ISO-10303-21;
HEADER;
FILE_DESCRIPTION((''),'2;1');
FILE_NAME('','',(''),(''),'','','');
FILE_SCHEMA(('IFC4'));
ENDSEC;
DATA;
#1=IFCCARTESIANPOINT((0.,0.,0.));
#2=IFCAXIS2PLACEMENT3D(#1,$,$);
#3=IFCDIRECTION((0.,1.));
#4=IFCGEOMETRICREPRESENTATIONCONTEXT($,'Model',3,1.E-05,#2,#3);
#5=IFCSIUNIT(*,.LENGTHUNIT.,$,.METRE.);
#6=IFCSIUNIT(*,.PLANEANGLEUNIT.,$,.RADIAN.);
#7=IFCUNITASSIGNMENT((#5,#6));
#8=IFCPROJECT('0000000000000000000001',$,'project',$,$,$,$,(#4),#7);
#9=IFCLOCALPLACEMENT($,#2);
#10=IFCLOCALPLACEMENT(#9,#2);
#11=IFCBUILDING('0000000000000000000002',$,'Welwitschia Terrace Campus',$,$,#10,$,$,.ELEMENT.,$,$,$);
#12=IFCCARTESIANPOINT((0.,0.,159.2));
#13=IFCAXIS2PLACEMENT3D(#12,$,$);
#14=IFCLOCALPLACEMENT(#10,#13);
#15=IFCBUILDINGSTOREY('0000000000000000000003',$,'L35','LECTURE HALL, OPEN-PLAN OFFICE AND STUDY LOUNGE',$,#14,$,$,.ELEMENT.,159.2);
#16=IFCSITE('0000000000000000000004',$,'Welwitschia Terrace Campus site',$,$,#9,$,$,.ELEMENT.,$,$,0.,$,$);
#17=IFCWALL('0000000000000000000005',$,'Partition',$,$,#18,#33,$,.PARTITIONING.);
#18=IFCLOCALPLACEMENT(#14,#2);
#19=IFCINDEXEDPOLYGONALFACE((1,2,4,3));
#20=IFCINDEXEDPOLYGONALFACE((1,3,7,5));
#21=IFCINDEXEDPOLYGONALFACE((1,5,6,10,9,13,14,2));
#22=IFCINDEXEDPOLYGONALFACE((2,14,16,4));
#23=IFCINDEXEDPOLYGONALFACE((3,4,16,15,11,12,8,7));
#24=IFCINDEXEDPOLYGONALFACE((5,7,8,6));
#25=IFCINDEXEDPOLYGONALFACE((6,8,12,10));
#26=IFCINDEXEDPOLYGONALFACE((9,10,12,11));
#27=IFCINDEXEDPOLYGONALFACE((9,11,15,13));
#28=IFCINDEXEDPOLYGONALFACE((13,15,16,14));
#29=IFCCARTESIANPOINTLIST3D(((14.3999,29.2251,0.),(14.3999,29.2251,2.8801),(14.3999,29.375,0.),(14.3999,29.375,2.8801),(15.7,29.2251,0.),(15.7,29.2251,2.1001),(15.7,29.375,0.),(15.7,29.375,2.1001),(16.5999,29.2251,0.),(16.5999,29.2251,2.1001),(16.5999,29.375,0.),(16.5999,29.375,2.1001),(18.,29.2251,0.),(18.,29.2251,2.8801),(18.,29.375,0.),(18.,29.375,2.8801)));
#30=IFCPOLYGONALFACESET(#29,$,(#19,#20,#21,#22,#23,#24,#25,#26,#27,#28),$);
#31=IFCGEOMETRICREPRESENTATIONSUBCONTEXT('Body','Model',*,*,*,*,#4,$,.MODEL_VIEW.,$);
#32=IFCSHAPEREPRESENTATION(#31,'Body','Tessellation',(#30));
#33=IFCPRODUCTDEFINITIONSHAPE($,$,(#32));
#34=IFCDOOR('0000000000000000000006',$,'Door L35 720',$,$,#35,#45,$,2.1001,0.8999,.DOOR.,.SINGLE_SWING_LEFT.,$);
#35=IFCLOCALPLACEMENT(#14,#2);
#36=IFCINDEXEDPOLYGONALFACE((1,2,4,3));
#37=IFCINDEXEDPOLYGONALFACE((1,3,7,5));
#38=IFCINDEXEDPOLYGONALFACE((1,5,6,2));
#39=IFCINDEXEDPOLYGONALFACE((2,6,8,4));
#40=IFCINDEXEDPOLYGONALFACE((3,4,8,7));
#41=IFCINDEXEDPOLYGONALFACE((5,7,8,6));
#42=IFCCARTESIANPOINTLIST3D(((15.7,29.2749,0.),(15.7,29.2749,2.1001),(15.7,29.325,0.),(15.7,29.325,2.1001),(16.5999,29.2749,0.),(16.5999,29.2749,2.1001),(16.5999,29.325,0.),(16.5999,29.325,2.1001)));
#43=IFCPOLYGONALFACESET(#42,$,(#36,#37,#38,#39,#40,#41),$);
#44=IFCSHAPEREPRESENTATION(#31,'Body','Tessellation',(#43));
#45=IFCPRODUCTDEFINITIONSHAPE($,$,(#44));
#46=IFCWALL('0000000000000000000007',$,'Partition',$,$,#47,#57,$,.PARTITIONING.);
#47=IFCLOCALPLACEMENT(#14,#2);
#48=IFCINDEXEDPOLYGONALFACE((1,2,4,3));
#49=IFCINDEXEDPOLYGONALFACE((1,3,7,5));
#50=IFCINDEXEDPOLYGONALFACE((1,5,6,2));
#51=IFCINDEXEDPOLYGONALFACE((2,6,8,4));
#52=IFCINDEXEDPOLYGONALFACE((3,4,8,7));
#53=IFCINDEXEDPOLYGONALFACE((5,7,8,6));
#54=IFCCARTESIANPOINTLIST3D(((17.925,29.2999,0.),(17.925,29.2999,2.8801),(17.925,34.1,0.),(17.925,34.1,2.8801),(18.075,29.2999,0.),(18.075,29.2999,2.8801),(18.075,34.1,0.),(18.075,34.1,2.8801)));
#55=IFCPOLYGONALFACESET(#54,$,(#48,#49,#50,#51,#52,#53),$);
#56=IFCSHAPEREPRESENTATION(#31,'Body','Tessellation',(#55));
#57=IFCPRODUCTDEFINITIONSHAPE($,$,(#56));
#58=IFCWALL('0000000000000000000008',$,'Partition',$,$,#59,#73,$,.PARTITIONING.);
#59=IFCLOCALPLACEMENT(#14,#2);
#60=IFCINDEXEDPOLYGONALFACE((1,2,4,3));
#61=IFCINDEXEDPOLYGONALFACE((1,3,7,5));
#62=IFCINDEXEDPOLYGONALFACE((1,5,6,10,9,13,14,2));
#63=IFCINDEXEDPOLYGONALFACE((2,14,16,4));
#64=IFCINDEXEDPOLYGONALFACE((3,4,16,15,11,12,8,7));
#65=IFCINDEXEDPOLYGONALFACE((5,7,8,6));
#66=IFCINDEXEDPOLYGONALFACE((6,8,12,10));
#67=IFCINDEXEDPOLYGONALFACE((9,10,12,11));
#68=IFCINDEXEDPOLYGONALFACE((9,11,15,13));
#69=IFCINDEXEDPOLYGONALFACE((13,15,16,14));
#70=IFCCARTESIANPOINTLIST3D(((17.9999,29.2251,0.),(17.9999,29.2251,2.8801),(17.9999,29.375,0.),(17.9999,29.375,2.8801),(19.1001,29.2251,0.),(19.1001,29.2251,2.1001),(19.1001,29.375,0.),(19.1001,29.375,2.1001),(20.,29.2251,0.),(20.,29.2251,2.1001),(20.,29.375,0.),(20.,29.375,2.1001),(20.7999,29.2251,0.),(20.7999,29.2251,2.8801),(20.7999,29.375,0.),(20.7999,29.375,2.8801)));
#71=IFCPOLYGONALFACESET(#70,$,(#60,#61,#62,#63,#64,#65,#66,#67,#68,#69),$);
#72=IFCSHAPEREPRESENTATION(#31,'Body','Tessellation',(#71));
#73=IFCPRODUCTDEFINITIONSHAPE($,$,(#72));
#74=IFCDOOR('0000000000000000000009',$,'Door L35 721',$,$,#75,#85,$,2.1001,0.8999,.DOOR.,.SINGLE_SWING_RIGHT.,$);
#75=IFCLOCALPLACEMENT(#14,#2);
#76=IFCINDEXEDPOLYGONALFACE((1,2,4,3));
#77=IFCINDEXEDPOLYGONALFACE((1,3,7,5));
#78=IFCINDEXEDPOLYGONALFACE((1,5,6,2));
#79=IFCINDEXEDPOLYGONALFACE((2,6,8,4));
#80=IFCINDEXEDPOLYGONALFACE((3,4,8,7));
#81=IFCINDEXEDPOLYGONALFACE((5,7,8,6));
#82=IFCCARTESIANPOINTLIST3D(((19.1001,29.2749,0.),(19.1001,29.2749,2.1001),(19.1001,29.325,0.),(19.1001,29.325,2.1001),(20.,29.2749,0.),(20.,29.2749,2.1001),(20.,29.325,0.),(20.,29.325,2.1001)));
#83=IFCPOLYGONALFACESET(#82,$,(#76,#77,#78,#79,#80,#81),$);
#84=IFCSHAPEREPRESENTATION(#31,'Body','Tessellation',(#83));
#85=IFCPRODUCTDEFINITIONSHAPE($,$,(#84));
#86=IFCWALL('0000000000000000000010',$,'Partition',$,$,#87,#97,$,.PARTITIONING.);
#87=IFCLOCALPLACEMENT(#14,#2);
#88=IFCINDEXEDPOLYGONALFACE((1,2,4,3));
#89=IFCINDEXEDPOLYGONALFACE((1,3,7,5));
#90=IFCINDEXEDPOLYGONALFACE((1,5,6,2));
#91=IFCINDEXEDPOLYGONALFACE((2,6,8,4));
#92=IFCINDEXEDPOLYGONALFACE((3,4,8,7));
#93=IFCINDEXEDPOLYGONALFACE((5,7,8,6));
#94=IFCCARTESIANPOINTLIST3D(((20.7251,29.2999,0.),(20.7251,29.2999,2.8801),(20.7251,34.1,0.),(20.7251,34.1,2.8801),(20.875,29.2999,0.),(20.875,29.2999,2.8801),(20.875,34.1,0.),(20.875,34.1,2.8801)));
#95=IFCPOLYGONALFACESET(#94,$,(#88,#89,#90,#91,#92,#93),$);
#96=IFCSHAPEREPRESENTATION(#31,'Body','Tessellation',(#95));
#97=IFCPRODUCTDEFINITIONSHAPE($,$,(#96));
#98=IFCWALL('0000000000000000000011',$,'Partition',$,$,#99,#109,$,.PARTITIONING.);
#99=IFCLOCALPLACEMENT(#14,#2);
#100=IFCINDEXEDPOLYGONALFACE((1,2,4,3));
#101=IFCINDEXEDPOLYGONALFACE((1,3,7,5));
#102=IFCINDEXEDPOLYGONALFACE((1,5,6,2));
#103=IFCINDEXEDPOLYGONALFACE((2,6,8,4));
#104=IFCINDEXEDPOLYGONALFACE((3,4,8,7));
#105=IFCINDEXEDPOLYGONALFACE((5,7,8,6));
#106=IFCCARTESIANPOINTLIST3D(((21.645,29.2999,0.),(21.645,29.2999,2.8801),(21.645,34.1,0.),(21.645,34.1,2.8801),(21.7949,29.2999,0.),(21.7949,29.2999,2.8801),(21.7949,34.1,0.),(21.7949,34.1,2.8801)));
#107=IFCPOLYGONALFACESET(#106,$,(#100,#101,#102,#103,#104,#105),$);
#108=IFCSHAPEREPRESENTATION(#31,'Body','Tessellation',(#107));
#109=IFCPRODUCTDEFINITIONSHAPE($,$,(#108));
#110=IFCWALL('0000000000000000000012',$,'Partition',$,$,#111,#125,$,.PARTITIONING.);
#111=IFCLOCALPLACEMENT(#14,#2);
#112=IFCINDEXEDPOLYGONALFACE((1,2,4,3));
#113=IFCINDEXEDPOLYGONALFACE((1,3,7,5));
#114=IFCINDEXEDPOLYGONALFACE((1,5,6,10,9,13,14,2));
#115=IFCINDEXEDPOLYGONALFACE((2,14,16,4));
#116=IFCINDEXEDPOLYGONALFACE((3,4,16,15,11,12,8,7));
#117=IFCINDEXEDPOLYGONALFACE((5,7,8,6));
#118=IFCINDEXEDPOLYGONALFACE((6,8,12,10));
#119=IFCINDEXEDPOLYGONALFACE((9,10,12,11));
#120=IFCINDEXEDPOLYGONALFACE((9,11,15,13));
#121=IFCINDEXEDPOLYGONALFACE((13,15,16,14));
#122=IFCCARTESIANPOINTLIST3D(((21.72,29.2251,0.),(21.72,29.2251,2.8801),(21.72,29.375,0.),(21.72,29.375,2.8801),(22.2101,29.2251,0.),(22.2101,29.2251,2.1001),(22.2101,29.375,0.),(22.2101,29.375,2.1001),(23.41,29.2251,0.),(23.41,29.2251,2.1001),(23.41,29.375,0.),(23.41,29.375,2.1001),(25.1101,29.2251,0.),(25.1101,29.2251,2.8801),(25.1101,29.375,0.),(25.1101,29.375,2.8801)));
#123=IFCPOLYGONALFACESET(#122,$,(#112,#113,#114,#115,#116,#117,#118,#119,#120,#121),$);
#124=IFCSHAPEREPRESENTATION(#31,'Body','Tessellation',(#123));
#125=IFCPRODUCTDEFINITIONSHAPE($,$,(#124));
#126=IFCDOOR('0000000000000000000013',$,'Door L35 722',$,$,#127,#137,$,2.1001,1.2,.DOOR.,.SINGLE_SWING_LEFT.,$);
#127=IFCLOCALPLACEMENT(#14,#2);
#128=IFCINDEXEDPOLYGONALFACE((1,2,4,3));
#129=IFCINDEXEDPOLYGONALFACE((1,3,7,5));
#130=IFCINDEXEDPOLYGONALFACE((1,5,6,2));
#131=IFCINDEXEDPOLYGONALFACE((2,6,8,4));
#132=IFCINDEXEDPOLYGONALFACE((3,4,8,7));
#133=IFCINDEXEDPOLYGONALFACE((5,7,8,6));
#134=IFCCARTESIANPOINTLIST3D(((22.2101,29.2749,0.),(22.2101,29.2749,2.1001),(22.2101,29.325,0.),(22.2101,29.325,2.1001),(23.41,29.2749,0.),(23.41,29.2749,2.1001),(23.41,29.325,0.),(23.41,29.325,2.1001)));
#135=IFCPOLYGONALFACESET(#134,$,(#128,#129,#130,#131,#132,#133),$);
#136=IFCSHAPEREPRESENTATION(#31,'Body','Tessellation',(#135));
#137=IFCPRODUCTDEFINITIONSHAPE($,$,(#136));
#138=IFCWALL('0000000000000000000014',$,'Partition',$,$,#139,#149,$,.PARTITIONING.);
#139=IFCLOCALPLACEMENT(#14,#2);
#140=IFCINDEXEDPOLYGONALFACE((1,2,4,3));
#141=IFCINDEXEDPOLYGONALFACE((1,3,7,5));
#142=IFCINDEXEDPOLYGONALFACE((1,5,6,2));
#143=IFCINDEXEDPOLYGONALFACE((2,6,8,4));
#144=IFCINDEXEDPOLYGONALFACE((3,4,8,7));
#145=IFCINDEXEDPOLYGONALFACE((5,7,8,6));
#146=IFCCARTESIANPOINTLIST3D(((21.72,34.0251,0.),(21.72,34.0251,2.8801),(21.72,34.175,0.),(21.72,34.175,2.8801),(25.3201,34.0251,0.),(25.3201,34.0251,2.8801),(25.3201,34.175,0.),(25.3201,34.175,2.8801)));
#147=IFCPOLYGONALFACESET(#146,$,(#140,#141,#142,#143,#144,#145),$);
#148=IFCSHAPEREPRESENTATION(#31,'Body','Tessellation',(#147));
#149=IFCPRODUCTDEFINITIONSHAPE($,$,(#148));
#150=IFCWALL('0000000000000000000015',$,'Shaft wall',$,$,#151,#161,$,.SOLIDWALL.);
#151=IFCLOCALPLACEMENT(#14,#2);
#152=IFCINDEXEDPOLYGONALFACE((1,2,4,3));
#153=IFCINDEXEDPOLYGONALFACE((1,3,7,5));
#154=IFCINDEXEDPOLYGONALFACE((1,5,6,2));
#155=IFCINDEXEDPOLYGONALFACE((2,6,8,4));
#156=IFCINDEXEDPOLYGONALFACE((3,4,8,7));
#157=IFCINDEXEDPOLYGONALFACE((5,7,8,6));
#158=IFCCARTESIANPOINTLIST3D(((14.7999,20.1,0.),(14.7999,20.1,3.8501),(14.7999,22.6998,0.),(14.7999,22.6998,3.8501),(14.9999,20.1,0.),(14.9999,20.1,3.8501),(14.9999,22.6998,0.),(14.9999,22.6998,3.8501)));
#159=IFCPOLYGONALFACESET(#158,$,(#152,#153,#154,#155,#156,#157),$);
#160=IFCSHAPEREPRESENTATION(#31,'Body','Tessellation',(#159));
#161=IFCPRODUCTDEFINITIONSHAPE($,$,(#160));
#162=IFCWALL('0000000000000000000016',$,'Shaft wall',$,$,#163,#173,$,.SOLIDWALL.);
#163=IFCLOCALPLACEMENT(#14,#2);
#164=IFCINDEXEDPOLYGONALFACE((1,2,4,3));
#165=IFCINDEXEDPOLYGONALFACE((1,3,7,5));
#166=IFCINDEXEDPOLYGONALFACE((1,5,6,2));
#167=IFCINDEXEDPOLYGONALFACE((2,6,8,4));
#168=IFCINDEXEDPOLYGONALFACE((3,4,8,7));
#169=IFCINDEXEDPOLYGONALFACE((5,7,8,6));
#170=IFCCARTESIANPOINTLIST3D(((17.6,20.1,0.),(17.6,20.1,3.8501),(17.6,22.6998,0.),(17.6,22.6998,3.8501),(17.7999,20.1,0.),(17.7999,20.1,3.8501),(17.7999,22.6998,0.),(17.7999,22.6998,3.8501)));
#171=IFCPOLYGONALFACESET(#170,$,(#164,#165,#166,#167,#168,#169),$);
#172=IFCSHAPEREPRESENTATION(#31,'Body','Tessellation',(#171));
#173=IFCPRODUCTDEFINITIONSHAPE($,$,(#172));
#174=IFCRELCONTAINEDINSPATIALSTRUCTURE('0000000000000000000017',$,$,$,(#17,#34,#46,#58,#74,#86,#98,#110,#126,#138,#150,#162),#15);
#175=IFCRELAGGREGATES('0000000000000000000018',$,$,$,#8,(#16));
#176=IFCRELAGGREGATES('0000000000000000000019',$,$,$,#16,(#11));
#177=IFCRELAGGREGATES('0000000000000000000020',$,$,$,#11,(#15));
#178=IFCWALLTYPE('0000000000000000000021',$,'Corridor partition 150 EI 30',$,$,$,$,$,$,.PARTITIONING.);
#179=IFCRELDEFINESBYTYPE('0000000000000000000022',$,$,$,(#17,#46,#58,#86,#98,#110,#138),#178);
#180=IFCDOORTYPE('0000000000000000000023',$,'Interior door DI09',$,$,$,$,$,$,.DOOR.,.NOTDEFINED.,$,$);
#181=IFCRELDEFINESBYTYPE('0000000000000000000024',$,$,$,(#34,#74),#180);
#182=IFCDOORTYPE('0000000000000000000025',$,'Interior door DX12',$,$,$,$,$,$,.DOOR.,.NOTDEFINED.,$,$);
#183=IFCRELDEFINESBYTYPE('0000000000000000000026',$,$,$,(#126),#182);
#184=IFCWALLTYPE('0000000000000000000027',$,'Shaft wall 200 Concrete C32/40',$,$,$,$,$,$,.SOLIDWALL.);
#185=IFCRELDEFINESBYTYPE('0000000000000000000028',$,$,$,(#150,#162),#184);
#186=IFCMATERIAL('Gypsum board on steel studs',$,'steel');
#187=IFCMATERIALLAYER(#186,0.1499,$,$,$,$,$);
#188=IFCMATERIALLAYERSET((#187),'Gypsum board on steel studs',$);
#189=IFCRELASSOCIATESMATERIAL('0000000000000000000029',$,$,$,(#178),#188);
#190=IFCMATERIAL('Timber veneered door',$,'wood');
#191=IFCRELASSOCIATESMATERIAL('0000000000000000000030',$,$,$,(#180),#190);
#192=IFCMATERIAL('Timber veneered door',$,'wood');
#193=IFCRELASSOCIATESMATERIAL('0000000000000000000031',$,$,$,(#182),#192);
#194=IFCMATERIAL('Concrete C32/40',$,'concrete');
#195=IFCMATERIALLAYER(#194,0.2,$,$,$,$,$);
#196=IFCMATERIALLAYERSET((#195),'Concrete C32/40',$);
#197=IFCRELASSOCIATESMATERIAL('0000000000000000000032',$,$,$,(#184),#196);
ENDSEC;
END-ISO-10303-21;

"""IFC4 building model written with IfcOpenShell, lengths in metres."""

from ifc_helpers import new_model, si_unit, direction, frame, frame_2d, origin, place, context, subcontext, project, spatial, rectangle, extrude, material, layer, layer_set, type_object, element, fill, save


model = new_model("IFC4")

# Units and contexts
model_context = context("Model", 3, precision=1e-05, world=origin(), true_north=direction((0.0, 1.0)))
body_context = subcontext(model_context, "Body", "Model", "MODEL_VIEW")
ifc_project = project(units=[si_unit("LENGTHUNIT", "METRE"), si_unit("PLANEANGLEUNIT", "RADIAN")], contexts=[model_context])

# Site, building, storey
site_placement = place(None, origin())
site = spatial("IfcSite", under=ifc_project, at=site_placement, Name="Welwitschia Terrace Campus site", CompositionType="ELEMENT", RefElevation=0.0)
building_placement = place(site_placement, origin())
building = spatial("IfcBuilding", under=site, at=building_placement, Name="Welwitschia Terrace Campus", CompositionType="ELEMENT")
storey_placement = place(building_placement, frame((0.0, 0.0, 159.2)))
storey = spatial("IfcBuildingStorey", under=building, at=storey_placement, Name="L35", Description="LECTURE HALL, OPEN-PLAN OFFICE AND STUDY LOUNGE", CompositionType="ELEMENT", Elevation=159.2)

# Wall, opening, door
ifc_material_1 = material(Name="Gypsum board on steel studs", Category="steel")
ifc_layer_1 = layer(ifc_material_1, 0.1499)
ifc_layer_set_1 = layer_set([ifc_layer_1], Name="Gypsum board on steel studs")
wall_type_1 = type_object("IfcWallType", Name="Corridor partition 150 EI 30", PredefinedType="PARTITIONING", material=ifc_layer_set_1)
wall_1_placement = place(storey_placement, frame((14.3999, 29.3, 0.0), z_axis=(0.0, 0.0, 1.0), x_axis=(1.0, 0.0, 0.0)))
wall_1 = element("IfcWall", 1, at=wall_1_placement, inside=storey, type_object=wall_type_1, Name="Partition", PredefinedType="PARTITIONING", context=body_context, shape_type="SweptSolid", body=[
    extrude(rectangle(XDim=3.6001, YDim=0.1499, at=frame_2d((1.8, 0.0))), origin(), (0.0, 0.0, 1.0), 2.8801),
])
opening_1_placement = place(wall_1_placement, frame((1.3, 0.0, 0.0)))
opening_1 = element("IfcOpeningElement", 2, at=opening_1_placement, cuts=wall_1, PredefinedType="OPENING", context=body_context, shape_type="SweptSolid", body=[
    extrude(rectangle(XDim=0.8999, YDim=2.1001, at=frame_2d((0.45, 1.05))), frame((0.0, 0.085, 0.0), z_axis=(0.0, -1.0, 0.0), x_axis=(1.0, 0.0, 0.0)), (0.0, 0.0, 1.0), 0.1699),
])
ifc_material_2 = material(Name="Timber veneered door", Category="wood")
door_type_1 = type_object("IfcDoorType", Name="Interior door DI09", OperationType="NOTDEFINED", PredefinedType="DOOR", material=ifc_material_2)
door_1_placement = place(opening_1_placement, origin())
door_1 = element("IfcDoor", 3, at=door_1_placement, inside=storey, type_object=door_type_1, Name="Door L35 720", OperationType="SINGLE_SWING_LEFT", OverallHeight=2.1001, OverallWidth=0.8999, PredefinedType="DOOR", context=body_context, shape_type="SweptSolid", body=[
    extrude(rectangle(XDim=0.8999, YDim=2.1001, at=frame_2d((0.45, 1.05))), frame((0.0, 0.0249, 0.0), z_axis=(0.0, -1.0, 0.0), x_axis=(1.0, 0.0, 0.0)), (0.0, 0.0, 1.0), 0.05),
])
fill(opening_1, door_1)

# Wall
wall_2_placement = place(storey_placement, frame((18.0, 29.3, 0.0), z_axis=(0.0, 0.0, 1.0), x_axis=(0.0, 1.0, 0.0)))
element("IfcWall", 4, at=wall_2_placement, inside=storey, type_object=wall_type_1, Name="Partition", PredefinedType="PARTITIONING", context=body_context, shape_type="SweptSolid", body=[
    extrude(rectangle(XDim=4.8, YDim=0.1499, at=frame_2d((2.3999, 0.0))), origin(), (0.0, 0.0, 1.0), 2.8801),
])

# Wall, opening, door
wall_3_placement = place(storey_placement, frame((18.0, 29.3, 0.0), z_axis=(0.0, 0.0, 1.0), x_axis=(1.0, 0.0, 0.0)))
wall_3 = element("IfcWall", 5, at=wall_3_placement, inside=storey, type_object=wall_type_1, Name="Partition", PredefinedType="PARTITIONING", context=body_context, shape_type="SweptSolid", body=[
    extrude(rectangle(XDim=2.8, YDim=0.1499, at=frame_2d((1.3999, 0.0))), origin(), (0.0, 0.0, 1.0), 2.8801),
])
opening_2_placement = place(wall_3_placement, frame((1.1001, 0.0, 0.0)))
opening_2 = element("IfcOpeningElement", 6, at=opening_2_placement, cuts=wall_3, PredefinedType="OPENING", context=body_context, shape_type="SweptSolid", body=[
    extrude(rectangle(XDim=0.8999, YDim=2.1001, at=frame_2d((0.45, 1.05))), frame((0.0, 0.085, 0.0), z_axis=(0.0, -1.0, 0.0), x_axis=(1.0, 0.0, 0.0)), (0.0, 0.0, 1.0), 0.1699),
])
door_2_placement = place(opening_2_placement, origin())
door_2 = element("IfcDoor", 7, at=door_2_placement, inside=storey, type_object=door_type_1, Name="Door L35 721", OperationType="SINGLE_SWING_RIGHT", OverallHeight=2.1001, OverallWidth=0.8999, PredefinedType="DOOR", context=body_context, shape_type="SweptSolid", body=[
    extrude(rectangle(XDim=0.8999, YDim=2.1001, at=frame_2d((0.45, 1.05))), frame((0.0, 0.0249, 0.0), z_axis=(0.0, -1.0, 0.0), x_axis=(1.0, 0.0, 0.0)), (0.0, 0.0, 1.0), 0.05),
])
fill(opening_2, door_2)

# Walls
for number, where, z_axis, x_axis, name in (
    (8, (20.8, 29.3, 0.0), (0.0, 0.0, 1.0), (0.0, 1.0, 0.0), "Partition"),
    (9, (21.72, 29.3, 0.0), (0.0, 0.0, 1.0), (0.0, 1.0, 0.0), "Partition"),
):
    element("IfcWall", number, at=place(storey_placement, frame(where, z_axis=z_axis, x_axis=x_axis)), inside=storey, type_object=wall_type_1, Name=name, PredefinedType="PARTITIONING", context=body_context, shape_type="SweptSolid", body=[
        extrude(rectangle(XDim=4.8, YDim=0.1499, at=frame_2d((2.3999, 0.0))), origin(), (0.0, 0.0, 1.0), 2.8801),
    ])

# Wall, opening, door
wall_4_placement = place(storey_placement, frame((21.72, 29.3, 0.0), z_axis=(0.0, 0.0, 1.0), x_axis=(1.0, 0.0, 0.0)))
wall_4 = element("IfcWall", 10, at=wall_4_placement, inside=storey, type_object=wall_type_1, Name="Partition", PredefinedType="PARTITIONING", context=body_context, shape_type="SweptSolid", body=[
    extrude(rectangle(XDim=3.3901, YDim=0.1499, at=frame_2d((1.6951, 0.0))), origin(), (0.0, 0.0, 1.0), 2.8801),
])
opening_3_placement = place(wall_4_placement, frame((0.49, 0.0, 0.0)))
opening_3 = element("IfcOpeningElement", 11, at=opening_3_placement, cuts=wall_4, PredefinedType="OPENING", context=body_context, shape_type="SweptSolid", body=[
    extrude(rectangle(XDim=1.2, YDim=2.1001, at=frame_2d((0.6001, 1.05))), frame((0.0, 0.085, 0.0), z_axis=(0.0, -1.0, 0.0), x_axis=(1.0, 0.0, 0.0)), (0.0, 0.0, 1.0), 0.1699),
])
ifc_material_3 = material(Name="Timber veneered door", Category="wood")
door_type_2 = type_object("IfcDoorType", Name="Interior door DX12", OperationType="NOTDEFINED", PredefinedType="DOOR", material=ifc_material_3)
door_3_placement = place(opening_3_placement, origin())
door_3 = element("IfcDoor", 12, at=door_3_placement, inside=storey, type_object=door_type_2, Name="Door L35 722", OperationType="SINGLE_SWING_LEFT", OverallHeight=2.1001, OverallWidth=1.2, PredefinedType="DOOR", context=body_context, shape_type="SweptSolid", body=[
    extrude(rectangle(XDim=1.2, YDim=2.1001, at=frame_2d((0.6001, 1.05))), frame((0.0, 0.0249, 0.0), z_axis=(0.0, -1.0, 0.0), x_axis=(1.0, 0.0, 0.0)), (0.0, 0.0, 1.0), 0.05),
])
fill(opening_3, door_3)

# Walls
wall_5_placement = place(storey_placement, frame((21.72, 34.1001, 0.0), z_axis=(0.0, 0.0, 1.0), x_axis=(1.0, 0.0, 0.0)))
element("IfcWall", 13, at=wall_5_placement, inside=storey, type_object=wall_type_1, Name="Partition", PredefinedType="PARTITIONING", context=body_context, shape_type="SweptSolid", body=[
    extrude(rectangle(XDim=3.6001, YDim=0.1499, at=frame_2d((1.8, 0.0))), origin(), (0.0, 0.0, 1.0), 2.8801),
])
ifc_material_4 = material(Name="Concrete C32/40", Category="concrete")
ifc_layer_2 = layer(ifc_material_4, 0.2)
ifc_layer_set_2 = layer_set([ifc_layer_2], Name="Concrete C32/40")
wall_type_2 = type_object("IfcWallType", Name="Shaft wall 200 Concrete C32/40", PredefinedType="SOLIDWALL", material=ifc_layer_set_2)
for number, where, z_axis, x_axis, name in (
    (14, (14.8999, 20.1001, 0.0), (0.0, 0.0, 1.0), (0.0, 1.0, 0.0), "Shaft wall"),
    (15, (17.7, 20.1001, 0.0), (0.0, 0.0, 1.0), (0.0, 1.0, 0.0), "Shaft wall"),
):
    element("IfcWall", number, at=place(storey_placement, frame(where, z_axis=z_axis, x_axis=x_axis)), inside=storey, type_object=wall_type_2, Name=name, PredefinedType="SOLIDWALL", context=body_context, shape_type="SweptSolid", body=[
        extrude(rectangle(XDim=2.5999, YDim=0.2, at=frame_2d((1.2998, 0.0))), origin(), (0.0, 0.0, 1.0), 3.8501),
    ])

save(model, "model.ifc")
